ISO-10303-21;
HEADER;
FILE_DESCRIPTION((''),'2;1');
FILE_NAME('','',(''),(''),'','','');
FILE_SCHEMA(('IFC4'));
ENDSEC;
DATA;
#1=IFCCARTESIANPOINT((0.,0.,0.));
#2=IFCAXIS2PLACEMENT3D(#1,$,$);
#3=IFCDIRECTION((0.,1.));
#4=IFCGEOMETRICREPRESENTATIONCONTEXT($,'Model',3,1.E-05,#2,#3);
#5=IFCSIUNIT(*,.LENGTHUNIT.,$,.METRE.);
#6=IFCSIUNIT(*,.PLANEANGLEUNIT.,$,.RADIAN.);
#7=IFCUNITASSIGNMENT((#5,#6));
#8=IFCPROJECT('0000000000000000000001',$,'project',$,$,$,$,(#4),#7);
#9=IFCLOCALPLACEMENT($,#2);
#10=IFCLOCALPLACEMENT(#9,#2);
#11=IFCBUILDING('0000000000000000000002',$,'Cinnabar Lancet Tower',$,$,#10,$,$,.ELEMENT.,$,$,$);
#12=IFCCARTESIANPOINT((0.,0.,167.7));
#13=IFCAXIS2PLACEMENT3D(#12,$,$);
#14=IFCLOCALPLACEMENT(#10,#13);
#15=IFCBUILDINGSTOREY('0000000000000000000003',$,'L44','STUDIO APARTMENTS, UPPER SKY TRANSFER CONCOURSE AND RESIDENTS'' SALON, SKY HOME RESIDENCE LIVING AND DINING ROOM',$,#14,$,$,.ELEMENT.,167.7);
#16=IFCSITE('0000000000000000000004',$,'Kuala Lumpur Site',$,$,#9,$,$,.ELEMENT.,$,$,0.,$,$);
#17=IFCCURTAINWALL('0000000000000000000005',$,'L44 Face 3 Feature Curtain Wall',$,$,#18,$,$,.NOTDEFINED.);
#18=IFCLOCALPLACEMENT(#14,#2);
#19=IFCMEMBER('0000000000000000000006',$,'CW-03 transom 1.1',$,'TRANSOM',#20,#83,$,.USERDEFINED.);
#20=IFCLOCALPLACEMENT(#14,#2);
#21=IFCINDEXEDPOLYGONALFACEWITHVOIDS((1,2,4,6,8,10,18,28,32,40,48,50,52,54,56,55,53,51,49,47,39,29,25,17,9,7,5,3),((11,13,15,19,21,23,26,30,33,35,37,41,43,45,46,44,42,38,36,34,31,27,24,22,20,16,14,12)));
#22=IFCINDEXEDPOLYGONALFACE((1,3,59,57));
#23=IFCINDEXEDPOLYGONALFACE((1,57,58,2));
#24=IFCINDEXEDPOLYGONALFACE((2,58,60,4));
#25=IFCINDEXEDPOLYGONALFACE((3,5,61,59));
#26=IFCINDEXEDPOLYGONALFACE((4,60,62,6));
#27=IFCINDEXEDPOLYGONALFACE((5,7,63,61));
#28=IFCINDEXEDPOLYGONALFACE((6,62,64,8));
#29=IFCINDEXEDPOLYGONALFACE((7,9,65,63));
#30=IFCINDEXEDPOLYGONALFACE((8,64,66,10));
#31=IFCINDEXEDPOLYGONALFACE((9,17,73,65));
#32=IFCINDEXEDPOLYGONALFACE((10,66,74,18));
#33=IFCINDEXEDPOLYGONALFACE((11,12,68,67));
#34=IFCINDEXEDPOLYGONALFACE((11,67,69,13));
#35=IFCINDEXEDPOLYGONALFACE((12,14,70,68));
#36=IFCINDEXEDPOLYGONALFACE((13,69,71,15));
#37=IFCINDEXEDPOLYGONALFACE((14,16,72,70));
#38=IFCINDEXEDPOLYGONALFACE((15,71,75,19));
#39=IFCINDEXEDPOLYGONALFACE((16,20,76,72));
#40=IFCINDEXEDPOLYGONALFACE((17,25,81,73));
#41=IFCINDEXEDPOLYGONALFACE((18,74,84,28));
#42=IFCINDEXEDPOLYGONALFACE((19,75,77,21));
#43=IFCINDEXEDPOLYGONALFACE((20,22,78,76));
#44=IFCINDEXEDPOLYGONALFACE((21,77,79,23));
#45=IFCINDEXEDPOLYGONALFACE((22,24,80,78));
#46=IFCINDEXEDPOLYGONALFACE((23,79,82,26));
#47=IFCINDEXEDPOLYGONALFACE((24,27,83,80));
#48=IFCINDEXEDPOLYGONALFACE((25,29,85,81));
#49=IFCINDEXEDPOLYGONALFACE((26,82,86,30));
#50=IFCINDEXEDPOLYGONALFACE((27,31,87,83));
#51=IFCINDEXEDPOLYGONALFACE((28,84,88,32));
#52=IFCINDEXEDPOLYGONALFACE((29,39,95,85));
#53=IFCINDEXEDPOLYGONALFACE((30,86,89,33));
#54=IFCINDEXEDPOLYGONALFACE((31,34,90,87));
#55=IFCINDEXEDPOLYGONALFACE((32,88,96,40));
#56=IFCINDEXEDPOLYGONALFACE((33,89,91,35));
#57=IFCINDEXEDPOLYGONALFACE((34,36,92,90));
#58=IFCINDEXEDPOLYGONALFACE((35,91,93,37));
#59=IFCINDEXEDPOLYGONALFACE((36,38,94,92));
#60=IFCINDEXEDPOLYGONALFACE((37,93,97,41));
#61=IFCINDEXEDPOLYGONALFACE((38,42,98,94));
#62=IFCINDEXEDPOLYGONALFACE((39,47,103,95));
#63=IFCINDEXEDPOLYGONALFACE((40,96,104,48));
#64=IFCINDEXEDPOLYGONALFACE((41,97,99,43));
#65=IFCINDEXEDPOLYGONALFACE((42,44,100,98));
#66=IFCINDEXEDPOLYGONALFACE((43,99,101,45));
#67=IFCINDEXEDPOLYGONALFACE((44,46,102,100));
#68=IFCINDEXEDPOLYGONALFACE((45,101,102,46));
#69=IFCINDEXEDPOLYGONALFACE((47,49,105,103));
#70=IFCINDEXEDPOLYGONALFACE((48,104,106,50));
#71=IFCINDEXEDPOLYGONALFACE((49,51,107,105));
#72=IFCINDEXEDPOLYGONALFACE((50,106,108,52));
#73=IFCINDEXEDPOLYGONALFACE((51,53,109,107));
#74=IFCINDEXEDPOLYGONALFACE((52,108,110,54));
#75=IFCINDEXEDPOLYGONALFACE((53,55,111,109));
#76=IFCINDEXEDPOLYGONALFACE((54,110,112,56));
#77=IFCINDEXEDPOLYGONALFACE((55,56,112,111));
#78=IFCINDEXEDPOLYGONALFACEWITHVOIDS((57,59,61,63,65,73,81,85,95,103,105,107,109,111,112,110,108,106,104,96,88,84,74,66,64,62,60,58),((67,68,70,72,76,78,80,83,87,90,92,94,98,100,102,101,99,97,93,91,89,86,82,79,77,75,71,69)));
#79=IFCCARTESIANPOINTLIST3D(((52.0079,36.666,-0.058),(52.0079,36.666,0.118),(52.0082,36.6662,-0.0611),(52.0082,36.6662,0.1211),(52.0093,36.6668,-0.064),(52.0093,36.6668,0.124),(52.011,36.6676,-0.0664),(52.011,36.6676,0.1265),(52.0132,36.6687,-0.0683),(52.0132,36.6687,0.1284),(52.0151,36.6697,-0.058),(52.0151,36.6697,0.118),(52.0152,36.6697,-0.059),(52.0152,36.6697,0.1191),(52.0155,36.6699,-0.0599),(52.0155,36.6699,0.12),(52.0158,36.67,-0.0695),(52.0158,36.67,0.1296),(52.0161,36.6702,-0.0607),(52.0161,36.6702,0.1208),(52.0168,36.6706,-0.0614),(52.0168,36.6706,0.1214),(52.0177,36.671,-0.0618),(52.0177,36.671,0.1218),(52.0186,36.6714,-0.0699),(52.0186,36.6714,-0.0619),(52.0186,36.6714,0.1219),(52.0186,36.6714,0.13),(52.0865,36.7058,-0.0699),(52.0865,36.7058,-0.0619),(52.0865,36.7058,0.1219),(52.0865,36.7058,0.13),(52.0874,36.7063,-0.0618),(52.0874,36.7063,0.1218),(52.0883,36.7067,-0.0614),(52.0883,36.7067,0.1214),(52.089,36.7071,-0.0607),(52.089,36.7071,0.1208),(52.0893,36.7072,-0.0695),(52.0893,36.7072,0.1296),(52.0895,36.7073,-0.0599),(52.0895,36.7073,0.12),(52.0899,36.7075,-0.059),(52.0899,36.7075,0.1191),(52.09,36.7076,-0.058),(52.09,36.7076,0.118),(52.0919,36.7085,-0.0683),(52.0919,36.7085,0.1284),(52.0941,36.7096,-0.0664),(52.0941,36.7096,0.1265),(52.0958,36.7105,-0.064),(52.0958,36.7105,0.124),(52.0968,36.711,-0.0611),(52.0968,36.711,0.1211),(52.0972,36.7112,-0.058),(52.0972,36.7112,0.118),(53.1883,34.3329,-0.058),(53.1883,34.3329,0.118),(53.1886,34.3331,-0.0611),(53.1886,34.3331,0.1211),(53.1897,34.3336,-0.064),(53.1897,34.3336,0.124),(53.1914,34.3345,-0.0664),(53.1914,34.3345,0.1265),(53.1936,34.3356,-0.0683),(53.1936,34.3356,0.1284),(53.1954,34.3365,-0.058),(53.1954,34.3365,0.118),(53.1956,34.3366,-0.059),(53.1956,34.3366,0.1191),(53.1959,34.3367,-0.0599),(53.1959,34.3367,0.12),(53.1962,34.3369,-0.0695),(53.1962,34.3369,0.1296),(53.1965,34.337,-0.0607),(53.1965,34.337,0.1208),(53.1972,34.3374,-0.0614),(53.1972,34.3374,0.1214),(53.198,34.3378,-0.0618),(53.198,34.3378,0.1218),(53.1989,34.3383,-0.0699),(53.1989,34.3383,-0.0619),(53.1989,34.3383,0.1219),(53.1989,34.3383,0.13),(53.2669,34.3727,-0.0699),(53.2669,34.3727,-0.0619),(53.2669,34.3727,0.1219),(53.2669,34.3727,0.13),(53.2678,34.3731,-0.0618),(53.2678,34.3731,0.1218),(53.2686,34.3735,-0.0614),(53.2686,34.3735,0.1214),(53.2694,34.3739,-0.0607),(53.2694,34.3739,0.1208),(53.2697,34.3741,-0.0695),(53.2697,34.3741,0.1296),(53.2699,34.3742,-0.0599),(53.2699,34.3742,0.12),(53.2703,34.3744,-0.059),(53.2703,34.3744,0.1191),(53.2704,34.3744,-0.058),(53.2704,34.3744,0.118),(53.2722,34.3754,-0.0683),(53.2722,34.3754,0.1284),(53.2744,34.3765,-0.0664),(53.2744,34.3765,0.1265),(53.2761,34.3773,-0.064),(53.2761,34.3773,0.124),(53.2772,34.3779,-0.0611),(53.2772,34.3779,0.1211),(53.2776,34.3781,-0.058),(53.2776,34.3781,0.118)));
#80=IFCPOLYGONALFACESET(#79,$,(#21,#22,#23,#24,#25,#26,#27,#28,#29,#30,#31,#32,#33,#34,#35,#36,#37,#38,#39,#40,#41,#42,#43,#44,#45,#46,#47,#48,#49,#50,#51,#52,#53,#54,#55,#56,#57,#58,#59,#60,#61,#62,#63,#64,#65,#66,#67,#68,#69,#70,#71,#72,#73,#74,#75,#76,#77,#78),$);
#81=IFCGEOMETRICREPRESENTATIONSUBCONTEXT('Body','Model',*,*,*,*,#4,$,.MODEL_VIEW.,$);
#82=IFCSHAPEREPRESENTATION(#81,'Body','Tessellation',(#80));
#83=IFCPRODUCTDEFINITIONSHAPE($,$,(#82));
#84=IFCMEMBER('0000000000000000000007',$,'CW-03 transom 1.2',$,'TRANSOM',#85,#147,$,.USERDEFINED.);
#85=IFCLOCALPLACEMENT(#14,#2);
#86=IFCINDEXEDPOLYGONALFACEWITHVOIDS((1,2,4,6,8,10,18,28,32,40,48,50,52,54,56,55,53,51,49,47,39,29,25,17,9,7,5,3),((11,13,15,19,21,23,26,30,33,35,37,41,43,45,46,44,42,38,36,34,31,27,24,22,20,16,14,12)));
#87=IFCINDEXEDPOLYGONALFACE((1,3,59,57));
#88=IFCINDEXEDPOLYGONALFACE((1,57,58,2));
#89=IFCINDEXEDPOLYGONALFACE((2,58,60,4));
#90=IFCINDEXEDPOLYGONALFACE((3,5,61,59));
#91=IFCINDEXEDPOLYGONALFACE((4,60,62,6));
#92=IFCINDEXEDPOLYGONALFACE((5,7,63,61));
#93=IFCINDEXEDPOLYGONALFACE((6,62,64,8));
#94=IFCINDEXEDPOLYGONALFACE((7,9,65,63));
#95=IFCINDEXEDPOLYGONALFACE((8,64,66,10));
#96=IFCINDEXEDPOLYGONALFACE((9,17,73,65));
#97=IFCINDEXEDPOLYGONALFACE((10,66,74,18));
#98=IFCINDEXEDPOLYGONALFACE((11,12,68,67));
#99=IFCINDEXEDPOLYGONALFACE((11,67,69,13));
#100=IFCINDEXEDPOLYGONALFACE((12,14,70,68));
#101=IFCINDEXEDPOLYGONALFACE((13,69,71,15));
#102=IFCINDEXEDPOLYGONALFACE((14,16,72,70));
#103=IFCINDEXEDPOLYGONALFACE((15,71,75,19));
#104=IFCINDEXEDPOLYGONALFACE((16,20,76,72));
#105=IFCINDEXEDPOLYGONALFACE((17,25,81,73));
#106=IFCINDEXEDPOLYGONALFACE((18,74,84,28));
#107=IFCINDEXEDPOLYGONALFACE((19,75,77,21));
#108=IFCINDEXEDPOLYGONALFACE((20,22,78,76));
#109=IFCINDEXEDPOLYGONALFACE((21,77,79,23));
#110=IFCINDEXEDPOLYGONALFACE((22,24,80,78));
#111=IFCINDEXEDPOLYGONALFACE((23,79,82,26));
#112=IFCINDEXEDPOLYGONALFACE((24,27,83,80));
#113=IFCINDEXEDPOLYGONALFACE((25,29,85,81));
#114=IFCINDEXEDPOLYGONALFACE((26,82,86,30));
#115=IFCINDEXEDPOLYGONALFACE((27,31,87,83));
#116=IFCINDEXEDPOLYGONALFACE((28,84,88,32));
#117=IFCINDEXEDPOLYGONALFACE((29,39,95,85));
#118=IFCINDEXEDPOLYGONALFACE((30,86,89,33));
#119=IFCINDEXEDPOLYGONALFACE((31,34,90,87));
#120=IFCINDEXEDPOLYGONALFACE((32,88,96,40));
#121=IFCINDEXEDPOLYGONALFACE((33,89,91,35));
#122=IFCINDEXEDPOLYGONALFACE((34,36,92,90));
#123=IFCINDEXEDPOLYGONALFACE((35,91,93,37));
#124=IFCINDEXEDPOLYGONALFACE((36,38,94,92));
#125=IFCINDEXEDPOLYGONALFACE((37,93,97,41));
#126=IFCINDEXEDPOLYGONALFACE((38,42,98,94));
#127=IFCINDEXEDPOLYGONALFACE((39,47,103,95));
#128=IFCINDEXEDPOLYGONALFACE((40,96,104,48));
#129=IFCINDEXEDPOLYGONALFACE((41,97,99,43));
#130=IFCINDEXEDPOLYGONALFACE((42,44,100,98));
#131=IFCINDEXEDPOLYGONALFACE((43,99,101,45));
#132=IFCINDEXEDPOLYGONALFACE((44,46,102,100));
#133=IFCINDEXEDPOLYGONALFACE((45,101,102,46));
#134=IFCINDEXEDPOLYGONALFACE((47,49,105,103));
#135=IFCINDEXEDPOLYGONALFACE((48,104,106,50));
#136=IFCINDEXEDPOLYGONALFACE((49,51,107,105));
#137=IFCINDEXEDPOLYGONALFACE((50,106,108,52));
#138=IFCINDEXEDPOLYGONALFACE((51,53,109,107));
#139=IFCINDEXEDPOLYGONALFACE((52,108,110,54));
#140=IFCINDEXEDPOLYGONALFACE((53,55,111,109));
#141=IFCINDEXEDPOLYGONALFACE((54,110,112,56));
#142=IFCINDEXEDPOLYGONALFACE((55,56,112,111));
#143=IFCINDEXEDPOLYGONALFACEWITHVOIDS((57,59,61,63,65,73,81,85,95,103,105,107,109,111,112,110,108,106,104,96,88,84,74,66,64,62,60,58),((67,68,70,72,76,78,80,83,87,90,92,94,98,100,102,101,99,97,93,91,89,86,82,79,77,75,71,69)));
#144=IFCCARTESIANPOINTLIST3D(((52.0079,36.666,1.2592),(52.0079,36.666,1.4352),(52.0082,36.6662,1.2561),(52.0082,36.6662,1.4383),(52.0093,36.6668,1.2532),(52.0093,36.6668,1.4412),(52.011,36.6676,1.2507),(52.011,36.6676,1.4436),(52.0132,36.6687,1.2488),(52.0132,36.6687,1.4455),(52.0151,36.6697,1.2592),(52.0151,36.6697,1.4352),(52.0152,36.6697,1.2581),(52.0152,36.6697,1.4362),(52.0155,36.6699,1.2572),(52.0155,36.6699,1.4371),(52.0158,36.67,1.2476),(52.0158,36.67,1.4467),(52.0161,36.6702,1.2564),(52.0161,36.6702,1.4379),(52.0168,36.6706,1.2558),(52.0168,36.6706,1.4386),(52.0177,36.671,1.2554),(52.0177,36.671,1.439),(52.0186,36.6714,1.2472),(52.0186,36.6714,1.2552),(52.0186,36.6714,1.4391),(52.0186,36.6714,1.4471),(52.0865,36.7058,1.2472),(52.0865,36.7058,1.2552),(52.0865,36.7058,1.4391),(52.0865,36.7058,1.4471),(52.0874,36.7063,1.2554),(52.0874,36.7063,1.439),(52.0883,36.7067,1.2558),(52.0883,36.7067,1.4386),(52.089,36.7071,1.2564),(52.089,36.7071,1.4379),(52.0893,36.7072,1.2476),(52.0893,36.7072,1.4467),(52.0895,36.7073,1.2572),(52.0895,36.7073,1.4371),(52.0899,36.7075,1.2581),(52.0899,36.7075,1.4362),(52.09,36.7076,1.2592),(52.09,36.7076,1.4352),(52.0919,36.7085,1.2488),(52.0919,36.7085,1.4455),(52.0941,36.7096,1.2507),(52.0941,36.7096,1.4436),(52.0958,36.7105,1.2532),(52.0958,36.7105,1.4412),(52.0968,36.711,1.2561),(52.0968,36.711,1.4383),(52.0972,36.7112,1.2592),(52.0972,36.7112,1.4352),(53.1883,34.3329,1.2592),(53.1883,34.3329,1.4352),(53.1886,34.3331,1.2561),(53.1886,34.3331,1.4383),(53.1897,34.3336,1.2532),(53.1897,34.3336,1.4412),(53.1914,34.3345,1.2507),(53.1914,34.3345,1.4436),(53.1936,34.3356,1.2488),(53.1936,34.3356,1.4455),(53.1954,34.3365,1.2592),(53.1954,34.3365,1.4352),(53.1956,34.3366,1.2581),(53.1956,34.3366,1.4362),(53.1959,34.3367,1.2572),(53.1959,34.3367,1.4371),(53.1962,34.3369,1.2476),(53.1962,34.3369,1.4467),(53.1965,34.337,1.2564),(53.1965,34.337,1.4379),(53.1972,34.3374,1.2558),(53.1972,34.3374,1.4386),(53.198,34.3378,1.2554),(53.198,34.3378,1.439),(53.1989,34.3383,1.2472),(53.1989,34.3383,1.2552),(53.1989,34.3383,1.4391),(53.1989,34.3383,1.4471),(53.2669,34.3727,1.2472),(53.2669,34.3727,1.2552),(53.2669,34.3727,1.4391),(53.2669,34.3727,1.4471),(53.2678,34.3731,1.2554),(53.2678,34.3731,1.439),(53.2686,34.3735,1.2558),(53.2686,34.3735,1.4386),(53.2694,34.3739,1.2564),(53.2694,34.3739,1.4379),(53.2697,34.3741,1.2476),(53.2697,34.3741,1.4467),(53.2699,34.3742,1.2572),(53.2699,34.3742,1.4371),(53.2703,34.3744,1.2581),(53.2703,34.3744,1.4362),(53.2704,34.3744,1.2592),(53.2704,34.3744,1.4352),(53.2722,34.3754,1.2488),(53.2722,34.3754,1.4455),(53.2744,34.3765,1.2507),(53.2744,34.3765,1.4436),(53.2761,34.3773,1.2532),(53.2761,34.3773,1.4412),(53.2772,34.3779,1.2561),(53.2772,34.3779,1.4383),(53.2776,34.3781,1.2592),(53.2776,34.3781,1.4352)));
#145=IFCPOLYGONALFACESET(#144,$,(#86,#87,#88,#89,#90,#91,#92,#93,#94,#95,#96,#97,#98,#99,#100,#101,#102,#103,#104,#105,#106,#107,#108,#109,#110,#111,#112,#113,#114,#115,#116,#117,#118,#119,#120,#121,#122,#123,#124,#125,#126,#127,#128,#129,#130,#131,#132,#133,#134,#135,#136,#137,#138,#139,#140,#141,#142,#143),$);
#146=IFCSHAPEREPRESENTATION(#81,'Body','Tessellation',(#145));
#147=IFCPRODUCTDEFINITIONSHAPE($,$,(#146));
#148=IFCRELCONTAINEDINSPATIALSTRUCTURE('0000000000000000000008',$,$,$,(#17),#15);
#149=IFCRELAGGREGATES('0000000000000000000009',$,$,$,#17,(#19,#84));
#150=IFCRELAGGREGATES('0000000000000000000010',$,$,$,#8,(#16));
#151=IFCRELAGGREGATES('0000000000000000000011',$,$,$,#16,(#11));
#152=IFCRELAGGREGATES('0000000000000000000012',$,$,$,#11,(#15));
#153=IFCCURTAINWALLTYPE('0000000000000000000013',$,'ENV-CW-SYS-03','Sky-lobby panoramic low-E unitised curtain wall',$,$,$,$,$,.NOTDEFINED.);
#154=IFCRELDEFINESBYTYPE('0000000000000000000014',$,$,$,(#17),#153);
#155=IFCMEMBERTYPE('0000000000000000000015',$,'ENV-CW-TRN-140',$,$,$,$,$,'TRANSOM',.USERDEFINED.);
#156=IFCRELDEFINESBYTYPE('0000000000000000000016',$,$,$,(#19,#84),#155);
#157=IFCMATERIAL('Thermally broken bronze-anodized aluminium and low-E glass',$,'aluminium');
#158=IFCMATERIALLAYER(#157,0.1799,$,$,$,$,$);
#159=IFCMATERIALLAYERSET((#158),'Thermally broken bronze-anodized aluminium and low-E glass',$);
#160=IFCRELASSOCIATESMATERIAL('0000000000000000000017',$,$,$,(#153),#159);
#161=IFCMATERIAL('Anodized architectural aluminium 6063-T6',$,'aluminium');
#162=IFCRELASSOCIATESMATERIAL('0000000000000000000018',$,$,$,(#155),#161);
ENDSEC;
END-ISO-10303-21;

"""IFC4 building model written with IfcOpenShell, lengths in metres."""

from ifc_helpers import new_model, si_unit, direction, frame, origin, origin_2d, place, context, subcontext, project, spatial, hollow_rectangle, extrude, material, layer, layer_set, material_profile, profile_set, type_object, element, aggregate, save


model = new_model("IFC4")

# Units and contexts
model_context = context("Model", 3, precision=1e-05, world=origin(), true_north=direction((0.0, 1.0)))
body_context = subcontext(model_context, "Body", "Model", "MODEL_VIEW")
ifc_project = project(units=[si_unit("LENGTHUNIT", "METRE"), si_unit("PLANEANGLEUNIT", "RADIAN")], contexts=[model_context])

# Site, building, storey
site_placement = place(None, origin())
site = spatial("IfcSite", under=ifc_project, at=site_placement, Name="Kuala Lumpur Site", CompositionType="ELEMENT", RefElevation=0.0)
building_placement = place(site_placement, origin())
building = spatial("IfcBuilding", under=site, at=building_placement, Name="Cinnabar Lancet Tower", CompositionType="ELEMENT")
storey_placement = place(building_placement, frame((0.0, 0.0, 167.7)))
storey = spatial("IfcBuildingStorey", under=building, at=storey_placement, Name="L44", Description="STUDIO APARTMENTS, UPPER SKY TRANSFER CONCOURSE AND RESIDENTS' SALON, SKY HOME RESIDENCE LIVING AND DINING ROOM", CompositionType="ELEMENT", Elevation=167.7)

# Curtain wall, members
ifc_material_1 = material(Name="Thermally broken bronze-anodized aluminium and low-E glass", Category="aluminium")
ifc_layer_1 = layer(ifc_material_1, 0.1799)
ifc_layer_set_1 = layer_set([ifc_layer_1], Name="Thermally broken bronze-anodized aluminium and low-E glass")
curtain_wall_type = type_object("IfcCurtainWallType", Name="ENV-CW-SYS-03", Description="Sky-lobby panoramic low-E unitised curtain wall", PredefinedType="NOTDEFINED", material=ifc_layer_set_1)
curtain_wall_placement = place(storey_placement, origin())
curtain_wall = element("IfcCurtainWall", 1, at=curtain_wall_placement, inside=storey, type_object=curtain_wall_type, Name="L44 Face 3 Feature Curtain Wall", PredefinedType="NOTDEFINED")
ifc_material_2 = material(Name="Anodized architectural aluminium 6063-T6", Category="aluminium")
ifc_material_profile_1 = material_profile(ifc_material_2, hollow_rectangle(XDim=0.1001, YDim=0.2, WallThickness=0.0081, InnerFilletRadius=0.0039, OuterFilletRadius=0.012, at=origin_2d()), Name="RHS 200x100x8")
ifc_profile_set_1 = profile_set([ifc_material_profile_1], Name="Anodized architectural aluminium 6063-T6")
member_type_1 = type_object("IfcMemberType", Name="ENV-CW-TRN-140", ElementType="TRANSOM", PredefinedType="USERDEFINED", material=ifc_profile_set_1)
member_1_placement = place(storey_placement, frame((53.2329, 34.3555, 0.03), z_axis=(-0.451429, 0.892307, 0.0), x_axis=(-0.892307, -0.451429, 0.0)))
member_1 = element("IfcMember", 2, at=member_1_placement, type_object=member_type_1, Name="CW-03 transom 1.1", ObjectType="TRANSOM", PredefinedType="USERDEFINED", context=body_context, shape_type="SweptSolid", body=[
    extrude(hollow_rectangle(XDim=0.1001, YDim=0.2, WallThickness=0.0081, InnerFilletRadius=0.0039, OuterFilletRadius=0.012, at=origin_2d()), origin(), (0.0, 0.0, 1.0), 2.6147),
])
member_2_placement = place(storey_placement, frame((53.2329, 34.3555, 1.3472), z_axis=(-0.451429, 0.892307, 0.0), x_axis=(-0.892307, -0.451429, 0.0)))
member_2 = element("IfcMember", 3, at=member_2_placement, type_object=member_type_1, Name="CW-03 transom 1.2", ObjectType="TRANSOM", PredefinedType="USERDEFINED", context=body_context, shape_type="SweptSolid", body=[
    extrude(hollow_rectangle(XDim=0.1001, YDim=0.2, WallThickness=0.0081, InnerFilletRadius=0.0039, OuterFilletRadius=0.012, at=origin_2d()), origin(), (0.0, 0.0, 1.0), 2.6147),
])

aggregate(curtain_wall, [member_1, member_2])

save(model, "model.ifc")
